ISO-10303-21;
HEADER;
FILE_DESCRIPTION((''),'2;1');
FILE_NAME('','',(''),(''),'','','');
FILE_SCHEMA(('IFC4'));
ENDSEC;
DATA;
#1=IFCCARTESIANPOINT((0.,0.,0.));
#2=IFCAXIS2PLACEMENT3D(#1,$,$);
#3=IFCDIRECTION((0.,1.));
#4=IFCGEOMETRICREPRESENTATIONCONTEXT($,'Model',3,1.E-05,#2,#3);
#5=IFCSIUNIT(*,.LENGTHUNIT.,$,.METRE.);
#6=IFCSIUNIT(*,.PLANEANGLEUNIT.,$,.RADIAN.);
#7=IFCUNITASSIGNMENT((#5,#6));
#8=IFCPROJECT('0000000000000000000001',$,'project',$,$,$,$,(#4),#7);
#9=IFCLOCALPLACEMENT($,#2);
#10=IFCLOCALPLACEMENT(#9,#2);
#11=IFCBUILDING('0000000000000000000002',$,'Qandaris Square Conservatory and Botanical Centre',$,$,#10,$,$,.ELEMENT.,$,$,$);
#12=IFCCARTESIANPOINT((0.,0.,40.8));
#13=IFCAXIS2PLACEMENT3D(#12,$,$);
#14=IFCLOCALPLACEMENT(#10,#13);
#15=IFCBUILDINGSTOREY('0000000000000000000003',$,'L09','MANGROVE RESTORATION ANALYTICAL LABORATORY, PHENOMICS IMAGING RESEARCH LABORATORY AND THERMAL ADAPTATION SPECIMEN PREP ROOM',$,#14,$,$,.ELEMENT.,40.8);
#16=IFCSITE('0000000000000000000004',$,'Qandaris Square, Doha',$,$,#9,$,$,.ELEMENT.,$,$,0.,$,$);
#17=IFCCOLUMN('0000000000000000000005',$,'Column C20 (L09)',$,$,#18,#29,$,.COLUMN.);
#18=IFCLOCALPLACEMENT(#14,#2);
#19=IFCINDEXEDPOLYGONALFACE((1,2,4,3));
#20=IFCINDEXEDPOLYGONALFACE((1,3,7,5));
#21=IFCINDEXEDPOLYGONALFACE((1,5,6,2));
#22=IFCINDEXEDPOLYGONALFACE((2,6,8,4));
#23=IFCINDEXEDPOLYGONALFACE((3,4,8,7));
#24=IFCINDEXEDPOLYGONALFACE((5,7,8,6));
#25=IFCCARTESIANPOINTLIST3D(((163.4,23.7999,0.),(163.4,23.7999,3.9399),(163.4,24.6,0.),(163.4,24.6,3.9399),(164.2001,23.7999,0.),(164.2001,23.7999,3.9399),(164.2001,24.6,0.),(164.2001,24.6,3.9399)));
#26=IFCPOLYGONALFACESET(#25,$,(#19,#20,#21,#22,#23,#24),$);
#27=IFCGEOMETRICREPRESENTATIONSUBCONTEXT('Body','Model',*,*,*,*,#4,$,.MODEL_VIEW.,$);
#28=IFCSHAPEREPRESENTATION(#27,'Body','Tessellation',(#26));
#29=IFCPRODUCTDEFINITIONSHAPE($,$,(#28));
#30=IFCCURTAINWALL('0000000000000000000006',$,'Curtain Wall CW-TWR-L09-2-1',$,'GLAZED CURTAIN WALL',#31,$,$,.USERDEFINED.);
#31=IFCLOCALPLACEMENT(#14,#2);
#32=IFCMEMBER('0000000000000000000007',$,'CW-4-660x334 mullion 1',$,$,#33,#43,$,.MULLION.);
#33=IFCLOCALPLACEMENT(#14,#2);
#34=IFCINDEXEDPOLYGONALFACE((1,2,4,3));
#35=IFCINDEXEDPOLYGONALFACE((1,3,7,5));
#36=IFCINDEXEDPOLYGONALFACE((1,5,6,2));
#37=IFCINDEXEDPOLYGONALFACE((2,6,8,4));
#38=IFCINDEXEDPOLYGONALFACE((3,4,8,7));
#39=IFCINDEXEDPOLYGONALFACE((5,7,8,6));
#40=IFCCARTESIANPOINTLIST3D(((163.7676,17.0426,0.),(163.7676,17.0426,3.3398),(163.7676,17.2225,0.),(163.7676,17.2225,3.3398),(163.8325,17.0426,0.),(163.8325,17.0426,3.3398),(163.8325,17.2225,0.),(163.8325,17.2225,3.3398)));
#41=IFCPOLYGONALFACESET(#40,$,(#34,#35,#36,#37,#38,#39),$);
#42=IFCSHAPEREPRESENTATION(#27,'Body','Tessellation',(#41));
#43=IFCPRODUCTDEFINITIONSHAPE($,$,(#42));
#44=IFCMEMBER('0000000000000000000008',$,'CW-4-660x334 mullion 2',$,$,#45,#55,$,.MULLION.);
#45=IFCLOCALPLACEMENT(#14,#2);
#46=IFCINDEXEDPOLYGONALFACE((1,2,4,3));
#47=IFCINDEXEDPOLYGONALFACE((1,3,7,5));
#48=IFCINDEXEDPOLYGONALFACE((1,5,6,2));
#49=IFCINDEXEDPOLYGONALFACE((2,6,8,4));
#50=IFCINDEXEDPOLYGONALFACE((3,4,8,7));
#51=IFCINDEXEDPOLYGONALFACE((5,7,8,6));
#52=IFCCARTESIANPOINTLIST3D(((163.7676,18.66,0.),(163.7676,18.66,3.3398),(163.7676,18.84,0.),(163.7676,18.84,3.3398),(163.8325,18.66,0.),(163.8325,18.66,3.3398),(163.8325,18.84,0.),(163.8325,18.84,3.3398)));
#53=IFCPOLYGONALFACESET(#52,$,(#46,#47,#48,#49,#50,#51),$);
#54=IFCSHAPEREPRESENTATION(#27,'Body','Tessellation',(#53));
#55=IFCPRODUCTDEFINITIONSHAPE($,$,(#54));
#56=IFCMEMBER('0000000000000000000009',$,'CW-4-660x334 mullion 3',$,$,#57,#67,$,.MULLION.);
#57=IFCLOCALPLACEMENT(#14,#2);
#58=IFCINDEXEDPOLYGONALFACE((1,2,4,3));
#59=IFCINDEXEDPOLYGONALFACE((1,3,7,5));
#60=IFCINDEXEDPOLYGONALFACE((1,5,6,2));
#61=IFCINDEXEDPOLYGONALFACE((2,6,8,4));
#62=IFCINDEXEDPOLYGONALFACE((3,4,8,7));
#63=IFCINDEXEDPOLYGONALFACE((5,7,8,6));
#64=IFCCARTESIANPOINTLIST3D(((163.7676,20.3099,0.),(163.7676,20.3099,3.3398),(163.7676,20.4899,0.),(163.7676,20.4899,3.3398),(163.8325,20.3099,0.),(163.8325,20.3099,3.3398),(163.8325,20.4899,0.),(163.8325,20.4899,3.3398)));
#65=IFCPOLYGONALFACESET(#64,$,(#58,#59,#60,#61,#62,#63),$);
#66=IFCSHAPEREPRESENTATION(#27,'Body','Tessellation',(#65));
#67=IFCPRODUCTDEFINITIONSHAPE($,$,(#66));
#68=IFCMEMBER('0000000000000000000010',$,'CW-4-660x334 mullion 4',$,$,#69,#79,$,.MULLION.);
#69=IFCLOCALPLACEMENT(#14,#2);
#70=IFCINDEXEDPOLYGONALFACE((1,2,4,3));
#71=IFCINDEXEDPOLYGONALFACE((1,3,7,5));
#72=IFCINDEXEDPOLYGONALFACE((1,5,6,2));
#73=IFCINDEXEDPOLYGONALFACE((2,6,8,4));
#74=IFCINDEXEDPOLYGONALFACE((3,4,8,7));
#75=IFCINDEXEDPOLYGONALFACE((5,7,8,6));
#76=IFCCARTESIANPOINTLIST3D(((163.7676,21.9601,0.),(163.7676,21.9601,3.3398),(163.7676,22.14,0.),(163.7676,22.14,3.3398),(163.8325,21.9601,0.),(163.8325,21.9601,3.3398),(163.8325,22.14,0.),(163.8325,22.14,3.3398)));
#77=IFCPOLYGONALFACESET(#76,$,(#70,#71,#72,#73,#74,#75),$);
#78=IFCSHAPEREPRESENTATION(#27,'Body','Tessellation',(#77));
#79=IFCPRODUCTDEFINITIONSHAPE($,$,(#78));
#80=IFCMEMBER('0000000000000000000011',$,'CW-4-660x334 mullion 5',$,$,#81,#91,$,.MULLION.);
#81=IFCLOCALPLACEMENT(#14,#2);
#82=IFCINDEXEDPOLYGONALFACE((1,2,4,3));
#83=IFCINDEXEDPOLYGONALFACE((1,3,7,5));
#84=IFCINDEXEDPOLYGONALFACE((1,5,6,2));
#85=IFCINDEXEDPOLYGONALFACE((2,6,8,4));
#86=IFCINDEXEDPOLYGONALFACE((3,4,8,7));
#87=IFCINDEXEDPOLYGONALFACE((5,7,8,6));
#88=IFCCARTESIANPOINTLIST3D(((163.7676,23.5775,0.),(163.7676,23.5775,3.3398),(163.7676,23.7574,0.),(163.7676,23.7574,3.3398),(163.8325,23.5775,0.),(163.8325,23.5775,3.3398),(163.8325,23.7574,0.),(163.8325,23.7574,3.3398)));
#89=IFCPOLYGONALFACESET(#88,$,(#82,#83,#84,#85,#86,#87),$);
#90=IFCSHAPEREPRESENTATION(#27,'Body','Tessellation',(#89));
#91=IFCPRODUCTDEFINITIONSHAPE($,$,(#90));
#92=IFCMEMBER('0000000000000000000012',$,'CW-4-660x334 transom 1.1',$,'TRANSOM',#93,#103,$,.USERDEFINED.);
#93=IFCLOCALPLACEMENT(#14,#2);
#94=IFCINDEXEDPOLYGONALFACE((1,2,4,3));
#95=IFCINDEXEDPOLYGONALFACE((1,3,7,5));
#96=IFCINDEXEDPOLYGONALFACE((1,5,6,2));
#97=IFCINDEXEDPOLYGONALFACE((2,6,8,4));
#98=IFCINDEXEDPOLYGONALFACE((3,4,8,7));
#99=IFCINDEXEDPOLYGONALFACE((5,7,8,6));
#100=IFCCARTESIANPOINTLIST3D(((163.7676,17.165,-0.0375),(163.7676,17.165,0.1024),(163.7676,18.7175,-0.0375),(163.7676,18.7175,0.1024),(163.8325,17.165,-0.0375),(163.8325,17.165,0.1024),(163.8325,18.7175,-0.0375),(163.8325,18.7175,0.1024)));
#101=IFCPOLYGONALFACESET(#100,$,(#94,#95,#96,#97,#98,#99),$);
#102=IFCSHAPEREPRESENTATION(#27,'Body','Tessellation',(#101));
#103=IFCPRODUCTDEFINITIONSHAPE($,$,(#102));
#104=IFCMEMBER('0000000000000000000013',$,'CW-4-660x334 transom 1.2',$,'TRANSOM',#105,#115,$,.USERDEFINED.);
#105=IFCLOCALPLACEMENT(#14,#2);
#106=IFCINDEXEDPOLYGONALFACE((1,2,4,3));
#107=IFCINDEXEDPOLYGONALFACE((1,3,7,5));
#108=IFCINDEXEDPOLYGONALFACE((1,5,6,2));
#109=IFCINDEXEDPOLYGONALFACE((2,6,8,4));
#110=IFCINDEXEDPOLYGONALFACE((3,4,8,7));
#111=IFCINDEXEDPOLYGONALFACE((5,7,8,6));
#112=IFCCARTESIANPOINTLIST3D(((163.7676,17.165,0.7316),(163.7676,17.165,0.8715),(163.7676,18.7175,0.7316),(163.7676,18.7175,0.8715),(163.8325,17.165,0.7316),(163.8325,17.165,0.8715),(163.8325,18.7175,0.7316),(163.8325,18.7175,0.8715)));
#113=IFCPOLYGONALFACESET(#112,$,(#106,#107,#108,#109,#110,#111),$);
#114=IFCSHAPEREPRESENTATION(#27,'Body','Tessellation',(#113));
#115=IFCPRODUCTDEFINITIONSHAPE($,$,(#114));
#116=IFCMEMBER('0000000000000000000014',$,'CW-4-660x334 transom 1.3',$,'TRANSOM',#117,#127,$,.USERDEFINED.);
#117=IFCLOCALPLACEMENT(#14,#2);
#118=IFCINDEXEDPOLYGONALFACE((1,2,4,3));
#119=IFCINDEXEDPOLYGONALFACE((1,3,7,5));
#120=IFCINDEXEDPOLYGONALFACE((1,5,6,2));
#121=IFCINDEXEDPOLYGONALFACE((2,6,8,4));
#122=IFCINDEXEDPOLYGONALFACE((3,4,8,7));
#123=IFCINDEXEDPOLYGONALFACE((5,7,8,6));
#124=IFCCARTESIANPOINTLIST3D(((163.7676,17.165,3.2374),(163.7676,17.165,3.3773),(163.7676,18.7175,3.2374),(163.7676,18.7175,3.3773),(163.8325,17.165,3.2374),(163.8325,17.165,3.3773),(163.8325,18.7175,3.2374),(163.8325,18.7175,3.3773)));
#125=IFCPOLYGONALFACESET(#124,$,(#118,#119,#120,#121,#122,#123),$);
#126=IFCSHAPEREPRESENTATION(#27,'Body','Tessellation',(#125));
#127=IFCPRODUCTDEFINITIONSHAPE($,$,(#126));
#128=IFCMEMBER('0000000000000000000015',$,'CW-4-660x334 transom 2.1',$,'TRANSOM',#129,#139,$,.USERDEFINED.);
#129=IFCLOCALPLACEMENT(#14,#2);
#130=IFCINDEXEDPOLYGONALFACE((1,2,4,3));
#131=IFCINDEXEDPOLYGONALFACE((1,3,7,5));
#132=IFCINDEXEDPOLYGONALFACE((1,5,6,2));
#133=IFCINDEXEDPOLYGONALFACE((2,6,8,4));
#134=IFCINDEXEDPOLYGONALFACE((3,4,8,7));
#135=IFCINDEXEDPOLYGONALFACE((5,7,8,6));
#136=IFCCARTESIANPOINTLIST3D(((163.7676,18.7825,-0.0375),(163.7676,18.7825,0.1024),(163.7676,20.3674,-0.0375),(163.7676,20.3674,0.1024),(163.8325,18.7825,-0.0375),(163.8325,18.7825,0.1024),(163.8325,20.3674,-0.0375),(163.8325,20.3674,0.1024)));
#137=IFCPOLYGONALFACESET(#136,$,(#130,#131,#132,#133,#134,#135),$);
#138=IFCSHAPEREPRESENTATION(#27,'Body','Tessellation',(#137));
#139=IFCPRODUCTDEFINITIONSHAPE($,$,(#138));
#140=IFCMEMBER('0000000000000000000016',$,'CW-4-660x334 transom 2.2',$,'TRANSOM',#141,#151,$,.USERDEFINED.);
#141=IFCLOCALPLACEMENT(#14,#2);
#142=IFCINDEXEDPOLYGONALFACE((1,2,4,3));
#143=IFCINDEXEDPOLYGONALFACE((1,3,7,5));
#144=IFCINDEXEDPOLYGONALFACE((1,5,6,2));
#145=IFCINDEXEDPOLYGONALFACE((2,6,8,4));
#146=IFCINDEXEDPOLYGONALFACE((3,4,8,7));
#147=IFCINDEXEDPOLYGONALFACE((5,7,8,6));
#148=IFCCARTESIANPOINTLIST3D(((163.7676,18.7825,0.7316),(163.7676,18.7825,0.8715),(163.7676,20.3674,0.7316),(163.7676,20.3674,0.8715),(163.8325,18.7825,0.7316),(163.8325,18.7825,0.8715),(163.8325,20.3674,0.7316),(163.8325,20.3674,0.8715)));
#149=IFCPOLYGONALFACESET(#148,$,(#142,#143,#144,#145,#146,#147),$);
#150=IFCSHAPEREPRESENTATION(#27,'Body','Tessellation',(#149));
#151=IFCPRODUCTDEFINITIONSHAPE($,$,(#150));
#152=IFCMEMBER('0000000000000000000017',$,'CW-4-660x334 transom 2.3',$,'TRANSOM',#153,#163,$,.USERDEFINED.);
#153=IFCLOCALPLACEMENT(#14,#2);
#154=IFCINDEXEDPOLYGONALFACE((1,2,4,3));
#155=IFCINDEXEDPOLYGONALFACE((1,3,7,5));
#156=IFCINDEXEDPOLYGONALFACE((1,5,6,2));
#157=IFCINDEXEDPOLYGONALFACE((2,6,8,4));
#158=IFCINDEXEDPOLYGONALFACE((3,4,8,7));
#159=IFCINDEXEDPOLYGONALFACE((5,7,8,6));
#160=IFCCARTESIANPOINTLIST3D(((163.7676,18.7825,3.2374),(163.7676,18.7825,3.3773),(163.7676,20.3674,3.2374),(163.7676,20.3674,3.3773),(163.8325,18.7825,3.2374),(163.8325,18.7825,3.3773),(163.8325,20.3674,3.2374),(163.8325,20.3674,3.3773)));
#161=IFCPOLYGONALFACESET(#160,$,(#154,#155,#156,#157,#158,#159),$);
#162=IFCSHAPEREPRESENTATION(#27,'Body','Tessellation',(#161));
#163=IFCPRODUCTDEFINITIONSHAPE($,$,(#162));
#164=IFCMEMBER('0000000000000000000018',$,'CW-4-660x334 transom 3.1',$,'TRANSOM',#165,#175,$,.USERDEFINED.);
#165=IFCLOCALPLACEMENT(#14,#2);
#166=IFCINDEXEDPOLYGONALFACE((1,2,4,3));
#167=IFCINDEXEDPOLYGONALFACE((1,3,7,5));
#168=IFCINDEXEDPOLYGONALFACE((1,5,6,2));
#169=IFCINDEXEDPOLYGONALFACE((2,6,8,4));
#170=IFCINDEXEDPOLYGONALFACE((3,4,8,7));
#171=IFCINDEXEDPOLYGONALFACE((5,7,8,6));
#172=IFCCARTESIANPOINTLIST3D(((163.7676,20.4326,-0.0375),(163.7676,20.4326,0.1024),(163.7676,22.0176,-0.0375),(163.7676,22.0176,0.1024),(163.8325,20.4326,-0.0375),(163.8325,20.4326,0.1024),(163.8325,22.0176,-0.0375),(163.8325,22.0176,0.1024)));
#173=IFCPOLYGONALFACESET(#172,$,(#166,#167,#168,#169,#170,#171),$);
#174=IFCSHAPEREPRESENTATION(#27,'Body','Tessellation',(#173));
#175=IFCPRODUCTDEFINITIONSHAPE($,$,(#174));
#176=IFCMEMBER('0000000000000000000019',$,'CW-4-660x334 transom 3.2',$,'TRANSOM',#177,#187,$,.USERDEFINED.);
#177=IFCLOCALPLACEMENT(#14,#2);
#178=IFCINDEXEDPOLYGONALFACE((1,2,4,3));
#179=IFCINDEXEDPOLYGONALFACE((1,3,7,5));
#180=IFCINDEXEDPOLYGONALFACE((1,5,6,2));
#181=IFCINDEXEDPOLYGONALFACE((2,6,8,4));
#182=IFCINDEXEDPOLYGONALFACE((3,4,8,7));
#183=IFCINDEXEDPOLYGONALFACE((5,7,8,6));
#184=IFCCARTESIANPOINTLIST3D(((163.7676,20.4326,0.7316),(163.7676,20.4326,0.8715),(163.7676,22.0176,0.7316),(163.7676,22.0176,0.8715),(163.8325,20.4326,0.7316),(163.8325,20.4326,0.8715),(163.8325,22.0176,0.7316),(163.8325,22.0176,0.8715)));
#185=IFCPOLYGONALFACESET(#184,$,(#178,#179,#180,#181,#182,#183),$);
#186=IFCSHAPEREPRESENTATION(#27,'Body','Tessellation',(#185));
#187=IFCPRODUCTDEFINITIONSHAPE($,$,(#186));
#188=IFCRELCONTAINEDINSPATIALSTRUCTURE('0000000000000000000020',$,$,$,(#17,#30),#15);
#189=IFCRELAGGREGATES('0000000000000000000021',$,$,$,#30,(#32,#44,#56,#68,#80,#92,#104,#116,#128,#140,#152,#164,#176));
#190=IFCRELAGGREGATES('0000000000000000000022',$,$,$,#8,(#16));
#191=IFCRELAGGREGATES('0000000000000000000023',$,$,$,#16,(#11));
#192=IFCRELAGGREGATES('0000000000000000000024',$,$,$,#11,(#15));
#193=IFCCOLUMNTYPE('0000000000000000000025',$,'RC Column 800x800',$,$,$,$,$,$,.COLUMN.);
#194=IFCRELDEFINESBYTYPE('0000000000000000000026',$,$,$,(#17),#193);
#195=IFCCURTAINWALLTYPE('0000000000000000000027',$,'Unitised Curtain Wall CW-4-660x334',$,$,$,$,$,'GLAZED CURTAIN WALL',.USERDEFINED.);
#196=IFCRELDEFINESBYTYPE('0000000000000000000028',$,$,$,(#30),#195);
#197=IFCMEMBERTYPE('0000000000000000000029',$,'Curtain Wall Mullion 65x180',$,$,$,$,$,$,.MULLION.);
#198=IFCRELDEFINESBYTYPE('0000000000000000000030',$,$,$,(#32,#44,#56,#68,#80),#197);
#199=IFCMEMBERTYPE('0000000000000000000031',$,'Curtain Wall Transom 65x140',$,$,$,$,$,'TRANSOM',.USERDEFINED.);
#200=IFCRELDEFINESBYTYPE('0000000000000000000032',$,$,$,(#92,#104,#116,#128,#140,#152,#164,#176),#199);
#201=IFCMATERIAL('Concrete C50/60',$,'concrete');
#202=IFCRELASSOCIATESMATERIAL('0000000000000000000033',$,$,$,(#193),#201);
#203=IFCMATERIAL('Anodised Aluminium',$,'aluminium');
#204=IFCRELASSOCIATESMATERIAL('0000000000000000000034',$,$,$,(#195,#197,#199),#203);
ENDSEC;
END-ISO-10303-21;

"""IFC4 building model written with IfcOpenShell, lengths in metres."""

from ifc_helpers import new_model, si_unit, direction, frame, origin, origin_2d, place, context, subcontext, project, spatial, rectangle, extrude, material, material_profile, profile_set, type_object, element, aggregate, save


model = new_model("IFC4")

# Units and contexts
model_context = context("Model", 3, precision=1e-05, world=origin(), true_north=direction((0.0, 1.0)))
body_context = subcontext(model_context, "Body", "Model", "MODEL_VIEW")
ifc_project = project(units=[si_unit("LENGTHUNIT", "METRE"), si_unit("PLANEANGLEUNIT", "RADIAN")], contexts=[model_context])

# Site, building, storey
site_placement = place(None, origin())
site = spatial("IfcSite", under=ifc_project, at=site_placement, Name="Qandaris Square, Doha", CompositionType="ELEMENT", RefElevation=0.0)
building_placement = place(site_placement, origin())
building = spatial("IfcBuilding", under=site, at=building_placement, Name="Qandaris Square Conservatory and Botanical Centre", CompositionType="ELEMENT")
storey_placement = place(building_placement, frame((0.0, 0.0, 40.8)))
storey = spatial("IfcBuildingStorey", under=building, at=storey_placement, Name="L09", Description="MANGROVE RESTORATION ANALYTICAL LABORATORY, PHENOMICS IMAGING RESEARCH LABORATORY AND THERMAL ADAPTATION SPECIMEN PREP ROOM", CompositionType="ELEMENT", Elevation=40.8)

# Column
ifc_material_1 = material(Name="Concrete C50/60", Category="concrete")
ifc_material_profile_1 = material_profile(ifc_material_1, rectangle(XDim=0.8, YDim=0.8, at=origin_2d()), Name="RC-COL 800x800")
ifc_profile_set_1 = profile_set([ifc_material_profile_1], Name="Concrete C50/60")
column_type = type_object("IfcColumnType", Name="RC Column 800x800", PredefinedType="COLUMN", material=ifc_profile_set_1)
column_placement = place(storey_placement, frame((163.8, 24.2, 0.0), z_axis=(0.0, 0.0, 1.0), x_axis=(1.0, 0.0, 0.0)))
element("IfcColumn", 1, at=column_placement, inside=storey, type_object=column_type, Name="Column C20 (L09)", PredefinedType="COLUMN", context=body_context, shape_type="SweptSolid", body=[
    extrude(rectangle(XDim=0.8, YDim=0.8, at=origin_2d()), origin(), (0.0, 0.0, 1.0), 3.9399),
])

# Curtain wall, members
ifc_material_2 = material(Name="Anodised Aluminium", Category="aluminium")
curtain_wall_type = type_object("IfcCurtainWallType", Name="Unitised Curtain Wall CW-4-660x334", ElementType="GLAZED CURTAIN WALL", PredefinedType="USERDEFINED", material=ifc_material_2)
curtain_wall_placement = place(storey_placement, origin())
curtain_wall = element("IfcCurtainWall", 2, at=curtain_wall_placement, inside=storey, type_object=curtain_wall_type, Name="Curtain Wall CW-TWR-L09-2-1", ObjectType="GLAZED CURTAIN WALL", PredefinedType="USERDEFINED")
ifc_material_profile_2 = material_profile(ifc_material_2, rectangle(XDim=0.0649, YDim=0.1799, at=origin_2d()), Name="ALU-MUL 65x180")
ifc_profile_set_2 = profile_set([ifc_material_profile_2], Name="Anodised Aluminium")
member_type_1 = type_object("IfcMemberType", Name="Curtain Wall Mullion 65x180", PredefinedType="MULLION", material=ifc_profile_set_2)
member_1_placement = place(storey_placement, frame((163.8, 17.1326, 0.0), z_axis=(0.0, 0.0, 1.0), x_axis=(-1.0, 0.0, 0.0)))
member_1 = element("IfcMember", 3, at=member_1_placement, type_object=member_type_1, Name="CW-4-660x334 mullion 1", PredefinedType="MULLION", context=body_context, shape_type="SweptSolid", body=[
    extrude(rectangle(XDim=0.0649, YDim=0.1799, at=origin_2d()), origin(), (0.0, 0.0, 1.0), 3.3398),
])
member_2_placement = place(storey_placement, frame((163.8, 18.75, 0.0), z_axis=(0.0, 0.0, 1.0), x_axis=(-1.0, 0.0, 0.0)))
member_2 = element("IfcMember", 4, at=member_2_placement, type_object=member_type_1, Name="CW-4-660x334 mullion 2", PredefinedType="MULLION", context=body_context, shape_type="SweptSolid", body=[
    extrude(rectangle(XDim=0.0649, YDim=0.1799, at=origin_2d()), origin(), (0.0, 0.0, 1.0), 3.3398),
])
member_3_placement = place(storey_placement, frame((163.8, 20.3999, 0.0), z_axis=(0.0, 0.0, 1.0), x_axis=(-1.0, 0.0, 0.0)))
member_3 = element("IfcMember", 5, at=member_3_placement, type_object=member_type_1, Name="CW-4-660x334 mullion 3", PredefinedType="MULLION", context=body_context, shape_type="SweptSolid", body=[
    extrude(rectangle(XDim=0.0649, YDim=0.1799, at=origin_2d()), origin(), (0.0, 0.0, 1.0), 3.3398),
])
member_4_placement = place(storey_placement, frame((163.8, 22.05, 0.0), z_axis=(0.0, 0.0, 1.0), x_axis=(-1.0, 0.0, 0.0)))
member_4 = element("IfcMember", 6, at=member_4_placement, type_object=member_type_1, Name="CW-4-660x334 mullion 4", PredefinedType="MULLION", context=body_context, shape_type="SweptSolid", body=[
    extrude(rectangle(XDim=0.0649, YDim=0.1799, at=origin_2d()), origin(), (0.0, 0.0, 1.0), 3.3398),
])
member_5_placement = place(storey_placement, frame((163.8, 23.6675, 0.0), z_axis=(0.0, 0.0, 1.0), x_axis=(-1.0, 0.0, 0.0)))
member_5 = element("IfcMember", 7, at=member_5_placement, type_object=member_type_1, Name="CW-4-660x334 mullion 5", PredefinedType="MULLION", context=body_context, shape_type="SweptSolid", body=[
    extrude(rectangle(XDim=0.0649, YDim=0.1799, at=origin_2d()), origin(), (0.0, 0.0, 1.0), 3.3398),
])
ifc_material_profile_3 = material_profile(ifc_material_2, rectangle(XDim=0.0649, YDim=0.1399, at=origin_2d()), Name="ALU-TRN 65x140")
ifc_profile_set_3 = profile_set([ifc_material_profile_3], Name="Anodised Aluminium")
member_type_2 = type_object("IfcMemberType", Name="Curtain Wall Transom 65x140", ElementType="TRANSOM", PredefinedType="USERDEFINED", material=ifc_profile_set_3)
member_6_placement = place(storey_placement, frame((163.8, 17.165, 0.0325), z_axis=(0.0, 1.0, 0.0), x_axis=(-1.0, 0.0, 0.0)))
member_6 = element("IfcMember", 8, at=member_6_placement, type_object=member_type_2, Name="CW-4-660x334 transom 1.1", ObjectType="TRANSOM", PredefinedType="USERDEFINED", context=body_context, shape_type="SweptSolid", body=[
    extrude(rectangle(XDim=0.0649, YDim=0.1399, at=origin_2d()), origin(), (0.0, 0.0, 1.0), 1.5525),
])
member_7_placement = place(storey_placement, frame((163.8, 17.165, 0.8015), z_axis=(0.0, 1.0, 0.0), x_axis=(-1.0, 0.0, 0.0)))
member_7 = element("IfcMember", 9, at=member_7_placement, type_object=member_type_2, Name="CW-4-660x334 transom 1.2", ObjectType="TRANSOM", PredefinedType="USERDEFINED", context=body_context, shape_type="SweptSolid", body=[
    extrude(rectangle(XDim=0.0649, YDim=0.1399, at=origin_2d()), origin(), (0.0, 0.0, 1.0), 1.5525),
])
member_8_placement = place(storey_placement, frame((163.8, 17.165, 3.3074), z_axis=(0.0, 1.0, 0.0), x_axis=(-1.0, 0.0, 0.0)))
member_8 = element("IfcMember", 10, at=member_8_placement, type_object=member_type_2, Name="CW-4-660x334 transom 1.3", ObjectType="TRANSOM", PredefinedType="USERDEFINED", context=body_context, shape_type="SweptSolid", body=[
    extrude(rectangle(XDim=0.0649, YDim=0.1399, at=origin_2d()), origin(), (0.0, 0.0, 1.0), 1.5525),
])
member_9_placement = place(storey_placement, frame((163.8, 18.7825, 0.0325), z_axis=(0.0, 1.0, 0.0), x_axis=(-1.0, 0.0, 0.0)))
member_9 = element("IfcMember", 11, at=member_9_placement, type_object=member_type_2, Name="CW-4-660x334 transom 2.1", ObjectType="TRANSOM", PredefinedType="USERDEFINED", context=body_context, shape_type="SweptSolid", body=[
    extrude(rectangle(XDim=0.0649, YDim=0.1399, at=origin_2d()), origin(), (0.0, 0.0, 1.0), 1.585),
])
member_10_placement = place(storey_placement, frame((163.8, 18.7825, 0.8015), z_axis=(0.0, 1.0, 0.0), x_axis=(-1.0, 0.0, 0.0)))
member_10 = element("IfcMember", 12, at=member_10_placement, type_object=member_type_2, Name="CW-4-660x334 transom 2.2", ObjectType="TRANSOM", PredefinedType="USERDEFINED", context=body_context, shape_type="SweptSolid", body=[
    extrude(rectangle(XDim=0.0649, YDim=0.1399, at=origin_2d()), origin(), (0.0, 0.0, 1.0), 1.585),
])
member_11_placement = place(storey_placement, frame((163.8, 18.7825, 3.3074), z_axis=(0.0, 1.0, 0.0), x_axis=(-1.0, 0.0, 0.0)))
member_11 = element("IfcMember", 13, at=member_11_placement, type_object=member_type_2, Name="CW-4-660x334 transom 2.3", ObjectType="TRANSOM", PredefinedType="USERDEFINED", context=body_context, shape_type="SweptSolid", body=[
    extrude(rectangle(XDim=0.0649, YDim=0.1399, at=origin_2d()), origin(), (0.0, 0.0, 1.0), 1.585),
])
member_12_placement = place(storey_placement, frame((163.8, 20.4326, 0.0325), z_axis=(0.0, 1.0, 0.0), x_axis=(-1.0, 0.0, 0.0)))
member_12 = element("IfcMember", 14, at=member_12_placement, type_object=member_type_2, Name="CW-4-660x334 transom 3.1", ObjectType="TRANSOM", PredefinedType="USERDEFINED", context=body_context, shape_type="SweptSolid", body=[
    extrude(rectangle(XDim=0.0649, YDim=0.1399, at=origin_2d()), origin(), (0.0, 0.0, 1.0), 1.585),
])
member_13_placement = place(storey_placement, frame((163.8, 20.4326, 0.8015), z_axis=(0.0, 1.0, 0.0), x_axis=(-1.0, 0.0, 0.0)))
member_13 = element("IfcMember", 15, at=member_13_placement, type_object=member_type_2, Name="CW-4-660x334 transom 3.2", ObjectType="TRANSOM", PredefinedType="USERDEFINED", context=body_context, shape_type="SweptSolid", body=[
    extrude(rectangle(XDim=0.0649, YDim=0.1399, at=origin_2d()), origin(), (0.0, 0.0, 1.0), 1.585),
])

aggregate(curtain_wall, [member_1, member_2, member_3, member_4, member_5, member_6, member_7, member_8, member_9, member_10, member_11, member_12, member_13])

save(model, "model.ifc")
